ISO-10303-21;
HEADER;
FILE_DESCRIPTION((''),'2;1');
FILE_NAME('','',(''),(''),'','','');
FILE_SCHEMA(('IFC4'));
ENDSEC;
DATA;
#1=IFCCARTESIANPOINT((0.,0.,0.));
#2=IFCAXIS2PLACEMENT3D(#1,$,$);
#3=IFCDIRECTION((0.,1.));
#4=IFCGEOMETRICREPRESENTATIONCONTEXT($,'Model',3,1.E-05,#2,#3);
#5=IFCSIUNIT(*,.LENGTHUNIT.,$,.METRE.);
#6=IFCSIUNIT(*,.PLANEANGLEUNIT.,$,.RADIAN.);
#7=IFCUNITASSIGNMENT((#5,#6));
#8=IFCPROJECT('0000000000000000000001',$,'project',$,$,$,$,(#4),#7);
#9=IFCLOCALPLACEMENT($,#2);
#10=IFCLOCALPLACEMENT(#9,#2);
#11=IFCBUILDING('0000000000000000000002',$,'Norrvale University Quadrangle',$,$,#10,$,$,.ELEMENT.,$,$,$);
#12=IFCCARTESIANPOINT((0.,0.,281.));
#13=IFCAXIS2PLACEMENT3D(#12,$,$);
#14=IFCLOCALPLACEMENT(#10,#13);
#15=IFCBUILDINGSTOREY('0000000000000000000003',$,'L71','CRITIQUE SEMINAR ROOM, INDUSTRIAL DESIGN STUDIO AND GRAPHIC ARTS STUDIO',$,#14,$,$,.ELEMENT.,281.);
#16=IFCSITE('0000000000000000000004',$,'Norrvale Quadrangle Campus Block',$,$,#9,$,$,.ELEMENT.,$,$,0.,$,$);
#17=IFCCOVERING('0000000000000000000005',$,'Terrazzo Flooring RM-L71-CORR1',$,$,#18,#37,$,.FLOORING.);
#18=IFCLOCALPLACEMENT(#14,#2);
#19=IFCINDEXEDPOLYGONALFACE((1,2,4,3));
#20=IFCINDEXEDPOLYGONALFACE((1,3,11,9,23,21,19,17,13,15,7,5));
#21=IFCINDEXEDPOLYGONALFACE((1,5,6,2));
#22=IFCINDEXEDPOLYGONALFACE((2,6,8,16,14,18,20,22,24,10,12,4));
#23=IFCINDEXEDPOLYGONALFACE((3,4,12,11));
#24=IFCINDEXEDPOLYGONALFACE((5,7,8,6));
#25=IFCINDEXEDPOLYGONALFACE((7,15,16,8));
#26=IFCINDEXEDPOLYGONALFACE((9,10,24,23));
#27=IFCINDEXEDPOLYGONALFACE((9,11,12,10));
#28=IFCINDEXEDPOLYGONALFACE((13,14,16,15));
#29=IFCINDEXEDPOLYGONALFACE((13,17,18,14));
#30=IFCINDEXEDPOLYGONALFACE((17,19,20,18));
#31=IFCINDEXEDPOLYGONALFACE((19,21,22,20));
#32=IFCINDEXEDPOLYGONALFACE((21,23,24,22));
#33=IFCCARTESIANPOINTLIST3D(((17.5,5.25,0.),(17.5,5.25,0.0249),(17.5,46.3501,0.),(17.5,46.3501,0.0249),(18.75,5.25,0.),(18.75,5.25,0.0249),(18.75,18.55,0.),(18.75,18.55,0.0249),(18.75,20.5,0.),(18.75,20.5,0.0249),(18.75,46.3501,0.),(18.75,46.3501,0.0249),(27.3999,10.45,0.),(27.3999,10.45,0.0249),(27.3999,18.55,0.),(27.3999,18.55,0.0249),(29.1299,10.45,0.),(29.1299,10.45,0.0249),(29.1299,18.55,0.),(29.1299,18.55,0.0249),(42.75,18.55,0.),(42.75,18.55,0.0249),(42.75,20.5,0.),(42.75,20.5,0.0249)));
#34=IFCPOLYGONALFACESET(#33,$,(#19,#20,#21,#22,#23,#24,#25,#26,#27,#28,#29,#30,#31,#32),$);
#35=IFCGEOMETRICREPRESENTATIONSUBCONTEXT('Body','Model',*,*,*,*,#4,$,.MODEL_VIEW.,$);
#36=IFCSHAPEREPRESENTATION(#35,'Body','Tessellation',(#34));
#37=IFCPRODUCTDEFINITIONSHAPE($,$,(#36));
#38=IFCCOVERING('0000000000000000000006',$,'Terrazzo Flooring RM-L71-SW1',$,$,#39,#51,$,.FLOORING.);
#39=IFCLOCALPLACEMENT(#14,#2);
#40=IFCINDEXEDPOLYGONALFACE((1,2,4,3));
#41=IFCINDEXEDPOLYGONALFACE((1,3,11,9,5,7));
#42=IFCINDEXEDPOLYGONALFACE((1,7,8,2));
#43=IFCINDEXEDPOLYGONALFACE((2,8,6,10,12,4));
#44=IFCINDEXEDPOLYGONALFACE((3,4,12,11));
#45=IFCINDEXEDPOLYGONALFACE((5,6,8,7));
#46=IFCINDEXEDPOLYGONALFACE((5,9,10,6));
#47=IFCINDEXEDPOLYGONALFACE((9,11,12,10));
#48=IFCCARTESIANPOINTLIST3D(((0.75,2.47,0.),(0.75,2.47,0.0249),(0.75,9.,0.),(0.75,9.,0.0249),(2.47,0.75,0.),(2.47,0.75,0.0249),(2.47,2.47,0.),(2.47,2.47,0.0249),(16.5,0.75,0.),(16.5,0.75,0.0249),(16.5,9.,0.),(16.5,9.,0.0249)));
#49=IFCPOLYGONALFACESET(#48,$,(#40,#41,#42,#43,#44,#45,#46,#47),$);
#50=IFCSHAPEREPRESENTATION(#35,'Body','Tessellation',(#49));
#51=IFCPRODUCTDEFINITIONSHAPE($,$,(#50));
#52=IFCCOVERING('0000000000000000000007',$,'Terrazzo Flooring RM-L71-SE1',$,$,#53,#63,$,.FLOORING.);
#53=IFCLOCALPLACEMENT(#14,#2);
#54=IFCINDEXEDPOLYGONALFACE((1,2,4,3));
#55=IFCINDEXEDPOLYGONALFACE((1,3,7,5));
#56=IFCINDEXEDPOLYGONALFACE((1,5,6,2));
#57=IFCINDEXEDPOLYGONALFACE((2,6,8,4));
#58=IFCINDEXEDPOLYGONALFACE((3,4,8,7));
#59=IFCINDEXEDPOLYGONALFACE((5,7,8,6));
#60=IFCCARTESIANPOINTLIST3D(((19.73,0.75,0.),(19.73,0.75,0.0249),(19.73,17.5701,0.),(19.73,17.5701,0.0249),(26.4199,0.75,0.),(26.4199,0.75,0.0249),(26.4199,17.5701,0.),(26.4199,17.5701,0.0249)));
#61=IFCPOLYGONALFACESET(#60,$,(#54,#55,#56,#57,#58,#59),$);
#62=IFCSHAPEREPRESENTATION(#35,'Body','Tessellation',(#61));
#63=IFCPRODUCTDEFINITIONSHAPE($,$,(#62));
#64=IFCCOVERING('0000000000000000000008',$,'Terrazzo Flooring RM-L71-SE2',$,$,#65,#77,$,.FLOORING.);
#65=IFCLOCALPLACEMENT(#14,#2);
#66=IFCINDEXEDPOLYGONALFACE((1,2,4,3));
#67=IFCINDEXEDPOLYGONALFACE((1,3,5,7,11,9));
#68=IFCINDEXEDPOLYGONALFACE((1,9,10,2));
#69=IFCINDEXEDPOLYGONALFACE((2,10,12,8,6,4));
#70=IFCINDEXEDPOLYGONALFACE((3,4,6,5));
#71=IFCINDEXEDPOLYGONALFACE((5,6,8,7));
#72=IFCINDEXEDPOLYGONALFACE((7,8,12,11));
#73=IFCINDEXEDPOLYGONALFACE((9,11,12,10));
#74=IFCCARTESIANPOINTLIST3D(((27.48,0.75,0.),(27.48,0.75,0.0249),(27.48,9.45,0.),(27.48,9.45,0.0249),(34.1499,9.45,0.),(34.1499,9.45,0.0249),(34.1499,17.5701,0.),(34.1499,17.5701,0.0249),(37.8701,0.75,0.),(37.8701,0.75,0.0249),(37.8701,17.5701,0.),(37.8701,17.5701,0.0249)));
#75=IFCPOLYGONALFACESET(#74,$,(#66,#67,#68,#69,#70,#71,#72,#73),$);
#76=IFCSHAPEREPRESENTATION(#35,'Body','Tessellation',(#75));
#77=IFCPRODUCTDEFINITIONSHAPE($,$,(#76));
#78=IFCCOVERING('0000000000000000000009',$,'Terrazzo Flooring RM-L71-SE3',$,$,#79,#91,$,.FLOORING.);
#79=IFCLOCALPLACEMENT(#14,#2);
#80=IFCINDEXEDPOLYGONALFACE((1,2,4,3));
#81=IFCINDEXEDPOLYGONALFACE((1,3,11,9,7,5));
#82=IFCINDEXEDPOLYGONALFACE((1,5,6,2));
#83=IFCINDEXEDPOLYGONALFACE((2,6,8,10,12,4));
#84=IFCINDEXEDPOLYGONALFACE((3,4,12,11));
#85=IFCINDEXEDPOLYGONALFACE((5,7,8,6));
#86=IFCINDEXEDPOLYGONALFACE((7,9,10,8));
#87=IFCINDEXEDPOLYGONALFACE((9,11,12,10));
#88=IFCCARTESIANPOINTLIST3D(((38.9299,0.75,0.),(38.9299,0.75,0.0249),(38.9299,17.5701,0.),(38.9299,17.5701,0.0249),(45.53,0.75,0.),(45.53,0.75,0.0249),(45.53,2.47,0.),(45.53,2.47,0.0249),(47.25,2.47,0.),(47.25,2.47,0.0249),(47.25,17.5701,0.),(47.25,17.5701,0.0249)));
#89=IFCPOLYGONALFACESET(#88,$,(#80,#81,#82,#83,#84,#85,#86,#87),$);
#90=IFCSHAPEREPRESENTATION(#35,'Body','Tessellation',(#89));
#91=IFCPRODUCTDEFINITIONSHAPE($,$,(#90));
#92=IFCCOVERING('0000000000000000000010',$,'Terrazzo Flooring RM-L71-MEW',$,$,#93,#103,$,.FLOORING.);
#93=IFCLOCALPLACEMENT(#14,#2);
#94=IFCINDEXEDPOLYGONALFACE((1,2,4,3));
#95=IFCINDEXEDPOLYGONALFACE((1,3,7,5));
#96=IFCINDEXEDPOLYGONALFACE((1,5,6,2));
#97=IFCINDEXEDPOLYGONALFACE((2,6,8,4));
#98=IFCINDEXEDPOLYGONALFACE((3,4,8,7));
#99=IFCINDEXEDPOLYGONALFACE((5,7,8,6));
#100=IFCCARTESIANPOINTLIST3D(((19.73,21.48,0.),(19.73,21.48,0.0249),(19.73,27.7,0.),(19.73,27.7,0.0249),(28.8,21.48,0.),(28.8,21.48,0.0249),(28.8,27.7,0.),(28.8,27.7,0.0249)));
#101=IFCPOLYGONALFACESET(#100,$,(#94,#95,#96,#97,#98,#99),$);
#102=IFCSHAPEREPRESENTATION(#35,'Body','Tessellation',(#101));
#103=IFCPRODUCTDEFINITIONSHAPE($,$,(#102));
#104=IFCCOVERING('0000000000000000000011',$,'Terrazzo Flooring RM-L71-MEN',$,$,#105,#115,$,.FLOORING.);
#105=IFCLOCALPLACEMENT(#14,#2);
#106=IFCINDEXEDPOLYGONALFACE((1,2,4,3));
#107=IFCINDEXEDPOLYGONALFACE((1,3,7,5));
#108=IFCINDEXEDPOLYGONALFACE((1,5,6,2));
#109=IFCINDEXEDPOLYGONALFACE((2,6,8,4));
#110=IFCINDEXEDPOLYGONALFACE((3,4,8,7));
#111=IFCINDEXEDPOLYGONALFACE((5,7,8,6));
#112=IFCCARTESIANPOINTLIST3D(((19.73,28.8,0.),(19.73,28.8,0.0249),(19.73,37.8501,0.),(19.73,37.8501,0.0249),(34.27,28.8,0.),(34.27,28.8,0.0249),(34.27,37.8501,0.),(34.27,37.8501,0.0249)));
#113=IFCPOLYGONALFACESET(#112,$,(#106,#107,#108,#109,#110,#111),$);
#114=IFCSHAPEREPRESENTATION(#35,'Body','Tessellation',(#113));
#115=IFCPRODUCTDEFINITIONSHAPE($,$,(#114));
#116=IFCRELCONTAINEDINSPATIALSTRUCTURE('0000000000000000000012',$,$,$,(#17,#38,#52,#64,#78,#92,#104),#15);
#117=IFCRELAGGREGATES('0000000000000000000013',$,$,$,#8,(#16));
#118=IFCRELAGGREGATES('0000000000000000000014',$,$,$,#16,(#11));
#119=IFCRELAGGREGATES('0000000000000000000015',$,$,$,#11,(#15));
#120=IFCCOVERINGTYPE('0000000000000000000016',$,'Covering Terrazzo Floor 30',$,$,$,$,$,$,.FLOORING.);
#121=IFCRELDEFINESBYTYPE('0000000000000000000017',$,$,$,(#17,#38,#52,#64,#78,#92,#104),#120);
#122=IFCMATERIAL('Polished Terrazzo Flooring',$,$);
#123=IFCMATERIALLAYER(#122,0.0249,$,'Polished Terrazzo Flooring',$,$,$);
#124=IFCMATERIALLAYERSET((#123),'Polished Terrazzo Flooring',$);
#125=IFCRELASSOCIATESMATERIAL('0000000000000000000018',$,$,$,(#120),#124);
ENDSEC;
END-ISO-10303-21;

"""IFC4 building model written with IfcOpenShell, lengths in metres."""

from ifc_helpers import new_model, si_unit, direction, frame, origin, place, context, subcontext, project, spatial, polyline, outline, extrude, material, layer, layer_set, type_object, element, save


model = new_model("IFC4")

# Units and contexts
model_context = context("Model", 3, precision=1e-05, world=origin(), true_north=direction((0.0, 1.0)))
body_context = subcontext(model_context, "Body", "Model", "MODEL_VIEW")
ifc_project = project(units=[si_unit("LENGTHUNIT", "METRE"), si_unit("PLANEANGLEUNIT", "RADIAN")], contexts=[model_context])

# Site, building, storey
site_placement = place(None, origin())
site = spatial("IfcSite", under=ifc_project, at=site_placement, Name="Norrvale Quadrangle Campus Block", CompositionType="ELEMENT", RefElevation=0.0)
building_placement = place(site_placement, origin())
building = spatial("IfcBuilding", under=site, at=building_placement, Name="Norrvale University Quadrangle", CompositionType="ELEMENT")
storey_placement = place(building_placement, frame((0.0, 0.0, 281.0)))
storey = spatial("IfcBuildingStorey", under=building, at=storey_placement, Name="L71", Description="CRITIQUE SEMINAR ROOM, INDUSTRIAL DESIGN STUDIO AND GRAPHIC ARTS STUDIO", CompositionType="ELEMENT", Elevation=281.0)

# Coverings
ifc_material_1 = material(Name="Polished Terrazzo Flooring")
ifc_layer_1 = layer(ifc_material_1, 0.0249, Name="Polished Terrazzo Flooring")
ifc_layer_set_1 = layer_set([ifc_layer_1], Name="Polished Terrazzo Flooring")
covering_type_1 = type_object("IfcCoveringType", Name="Covering Terrazzo Floor 30", PredefinedType="FLOORING", material=ifc_layer_set_1)
covering_1_placement = place(storey_placement, origin())
element("IfcCovering", 1, at=covering_1_placement, inside=storey, type_object=covering_type_1, Name="Terrazzo Flooring RM-L71-CORR1", PredefinedType="FLOORING", context=body_context, shape_type="SweptSolid", body=[
    extrude(outline(polyline([(17.5, 5.25), (17.5, 46.3501), (18.75, 46.3501), (18.75, 20.5), (42.75, 20.5), (42.75, 18.55), (29.1299, 18.55), (29.1299, 10.45), (27.3999, 10.45), (27.3999, 18.55), (18.75, 18.55), (18.75, 5.25), (17.5, 5.25)])), origin(), (0.0, 0.0, 1.0), 0.0249),
])
covering_2_placement = place(storey_placement, origin())
element("IfcCovering", 2, at=covering_2_placement, inside=storey, type_object=covering_type_1, Name="Terrazzo Flooring RM-L71-SW1", PredefinedType="FLOORING", context=body_context, shape_type="SweptSolid", body=[
    extrude(outline(polyline([(16.5, 9.0), (16.5, 0.75), (2.47, 0.75), (2.47, 2.47), (0.75, 2.47), (0.75, 9.0), (16.5, 9.0)])), origin(), (0.0, 0.0, 1.0), 0.0249),
])
covering_3_placement = place(storey_placement, origin())
element("IfcCovering", 3, at=covering_3_placement, inside=storey, type_object=covering_type_1, Name="Terrazzo Flooring RM-L71-SE1", PredefinedType="FLOORING", context=body_context, shape_type="SweptSolid", body=[
    extrude(outline(polyline([(26.4199, 17.5701), (26.4199, 0.75), (19.73, 0.75), (19.73, 17.5701), (26.4199, 17.5701)])), origin(), (0.0, 0.0, 1.0), 0.0249),
])
covering_4_placement = place(storey_placement, origin())
element("IfcCovering", 4, at=covering_4_placement, inside=storey, type_object=covering_type_1, Name="Terrazzo Flooring RM-L71-SE2", PredefinedType="FLOORING", context=body_context, shape_type="SweptSolid", body=[
    extrude(outline(polyline([(34.1499, 9.45), (34.1499, 17.5701), (37.8701, 17.5701), (37.8701, 0.75), (27.48, 0.75), (27.48, 9.45), (34.1499, 9.45)])), origin(), (0.0, 0.0, 1.0), 0.0249),
])
covering_5_placement = place(storey_placement, origin())
element("IfcCovering", 5, at=covering_5_placement, inside=storey, type_object=covering_type_1, Name="Terrazzo Flooring RM-L71-SE3", PredefinedType="FLOORING", context=body_context, shape_type="SweptSolid", body=[
    extrude(outline(polyline([(38.9299, 17.5701), (47.25, 17.5701), (47.25, 2.47), (45.53, 2.47), (45.53, 0.75), (38.9299, 0.75), (38.9299, 17.5701)])), origin(), (0.0, 0.0, 1.0), 0.0249),
])
covering_6_placement = place(storey_placement, origin())
element("IfcCovering", 6, at=covering_6_placement, inside=storey, type_object=covering_type_1, Name="Terrazzo Flooring RM-L71-MEW", PredefinedType="FLOORING", context=body_context, shape_type="SweptSolid", body=[
    extrude(outline(polyline([(19.73, 21.48), (19.73, 27.7), (28.8, 27.7), (28.8, 21.48), (19.73, 21.48)])), origin(), (0.0, 0.0, 1.0), 0.0249),
])
covering_7_placement = place(storey_placement, origin())
element("IfcCovering", 7, at=covering_7_placement, inside=storey, type_object=covering_type_1, Name="Terrazzo Flooring RM-L71-MEN", PredefinedType="FLOORING", context=body_context, shape_type="SweptSolid", body=[
    extrude(outline(polyline([(19.73, 28.8), (19.73, 37.8501), (34.27, 37.8501), (34.27, 28.8), (19.73, 28.8)])), origin(), (0.0, 0.0, 1.0), 0.0249),
])

save(model, "model.ifc")
